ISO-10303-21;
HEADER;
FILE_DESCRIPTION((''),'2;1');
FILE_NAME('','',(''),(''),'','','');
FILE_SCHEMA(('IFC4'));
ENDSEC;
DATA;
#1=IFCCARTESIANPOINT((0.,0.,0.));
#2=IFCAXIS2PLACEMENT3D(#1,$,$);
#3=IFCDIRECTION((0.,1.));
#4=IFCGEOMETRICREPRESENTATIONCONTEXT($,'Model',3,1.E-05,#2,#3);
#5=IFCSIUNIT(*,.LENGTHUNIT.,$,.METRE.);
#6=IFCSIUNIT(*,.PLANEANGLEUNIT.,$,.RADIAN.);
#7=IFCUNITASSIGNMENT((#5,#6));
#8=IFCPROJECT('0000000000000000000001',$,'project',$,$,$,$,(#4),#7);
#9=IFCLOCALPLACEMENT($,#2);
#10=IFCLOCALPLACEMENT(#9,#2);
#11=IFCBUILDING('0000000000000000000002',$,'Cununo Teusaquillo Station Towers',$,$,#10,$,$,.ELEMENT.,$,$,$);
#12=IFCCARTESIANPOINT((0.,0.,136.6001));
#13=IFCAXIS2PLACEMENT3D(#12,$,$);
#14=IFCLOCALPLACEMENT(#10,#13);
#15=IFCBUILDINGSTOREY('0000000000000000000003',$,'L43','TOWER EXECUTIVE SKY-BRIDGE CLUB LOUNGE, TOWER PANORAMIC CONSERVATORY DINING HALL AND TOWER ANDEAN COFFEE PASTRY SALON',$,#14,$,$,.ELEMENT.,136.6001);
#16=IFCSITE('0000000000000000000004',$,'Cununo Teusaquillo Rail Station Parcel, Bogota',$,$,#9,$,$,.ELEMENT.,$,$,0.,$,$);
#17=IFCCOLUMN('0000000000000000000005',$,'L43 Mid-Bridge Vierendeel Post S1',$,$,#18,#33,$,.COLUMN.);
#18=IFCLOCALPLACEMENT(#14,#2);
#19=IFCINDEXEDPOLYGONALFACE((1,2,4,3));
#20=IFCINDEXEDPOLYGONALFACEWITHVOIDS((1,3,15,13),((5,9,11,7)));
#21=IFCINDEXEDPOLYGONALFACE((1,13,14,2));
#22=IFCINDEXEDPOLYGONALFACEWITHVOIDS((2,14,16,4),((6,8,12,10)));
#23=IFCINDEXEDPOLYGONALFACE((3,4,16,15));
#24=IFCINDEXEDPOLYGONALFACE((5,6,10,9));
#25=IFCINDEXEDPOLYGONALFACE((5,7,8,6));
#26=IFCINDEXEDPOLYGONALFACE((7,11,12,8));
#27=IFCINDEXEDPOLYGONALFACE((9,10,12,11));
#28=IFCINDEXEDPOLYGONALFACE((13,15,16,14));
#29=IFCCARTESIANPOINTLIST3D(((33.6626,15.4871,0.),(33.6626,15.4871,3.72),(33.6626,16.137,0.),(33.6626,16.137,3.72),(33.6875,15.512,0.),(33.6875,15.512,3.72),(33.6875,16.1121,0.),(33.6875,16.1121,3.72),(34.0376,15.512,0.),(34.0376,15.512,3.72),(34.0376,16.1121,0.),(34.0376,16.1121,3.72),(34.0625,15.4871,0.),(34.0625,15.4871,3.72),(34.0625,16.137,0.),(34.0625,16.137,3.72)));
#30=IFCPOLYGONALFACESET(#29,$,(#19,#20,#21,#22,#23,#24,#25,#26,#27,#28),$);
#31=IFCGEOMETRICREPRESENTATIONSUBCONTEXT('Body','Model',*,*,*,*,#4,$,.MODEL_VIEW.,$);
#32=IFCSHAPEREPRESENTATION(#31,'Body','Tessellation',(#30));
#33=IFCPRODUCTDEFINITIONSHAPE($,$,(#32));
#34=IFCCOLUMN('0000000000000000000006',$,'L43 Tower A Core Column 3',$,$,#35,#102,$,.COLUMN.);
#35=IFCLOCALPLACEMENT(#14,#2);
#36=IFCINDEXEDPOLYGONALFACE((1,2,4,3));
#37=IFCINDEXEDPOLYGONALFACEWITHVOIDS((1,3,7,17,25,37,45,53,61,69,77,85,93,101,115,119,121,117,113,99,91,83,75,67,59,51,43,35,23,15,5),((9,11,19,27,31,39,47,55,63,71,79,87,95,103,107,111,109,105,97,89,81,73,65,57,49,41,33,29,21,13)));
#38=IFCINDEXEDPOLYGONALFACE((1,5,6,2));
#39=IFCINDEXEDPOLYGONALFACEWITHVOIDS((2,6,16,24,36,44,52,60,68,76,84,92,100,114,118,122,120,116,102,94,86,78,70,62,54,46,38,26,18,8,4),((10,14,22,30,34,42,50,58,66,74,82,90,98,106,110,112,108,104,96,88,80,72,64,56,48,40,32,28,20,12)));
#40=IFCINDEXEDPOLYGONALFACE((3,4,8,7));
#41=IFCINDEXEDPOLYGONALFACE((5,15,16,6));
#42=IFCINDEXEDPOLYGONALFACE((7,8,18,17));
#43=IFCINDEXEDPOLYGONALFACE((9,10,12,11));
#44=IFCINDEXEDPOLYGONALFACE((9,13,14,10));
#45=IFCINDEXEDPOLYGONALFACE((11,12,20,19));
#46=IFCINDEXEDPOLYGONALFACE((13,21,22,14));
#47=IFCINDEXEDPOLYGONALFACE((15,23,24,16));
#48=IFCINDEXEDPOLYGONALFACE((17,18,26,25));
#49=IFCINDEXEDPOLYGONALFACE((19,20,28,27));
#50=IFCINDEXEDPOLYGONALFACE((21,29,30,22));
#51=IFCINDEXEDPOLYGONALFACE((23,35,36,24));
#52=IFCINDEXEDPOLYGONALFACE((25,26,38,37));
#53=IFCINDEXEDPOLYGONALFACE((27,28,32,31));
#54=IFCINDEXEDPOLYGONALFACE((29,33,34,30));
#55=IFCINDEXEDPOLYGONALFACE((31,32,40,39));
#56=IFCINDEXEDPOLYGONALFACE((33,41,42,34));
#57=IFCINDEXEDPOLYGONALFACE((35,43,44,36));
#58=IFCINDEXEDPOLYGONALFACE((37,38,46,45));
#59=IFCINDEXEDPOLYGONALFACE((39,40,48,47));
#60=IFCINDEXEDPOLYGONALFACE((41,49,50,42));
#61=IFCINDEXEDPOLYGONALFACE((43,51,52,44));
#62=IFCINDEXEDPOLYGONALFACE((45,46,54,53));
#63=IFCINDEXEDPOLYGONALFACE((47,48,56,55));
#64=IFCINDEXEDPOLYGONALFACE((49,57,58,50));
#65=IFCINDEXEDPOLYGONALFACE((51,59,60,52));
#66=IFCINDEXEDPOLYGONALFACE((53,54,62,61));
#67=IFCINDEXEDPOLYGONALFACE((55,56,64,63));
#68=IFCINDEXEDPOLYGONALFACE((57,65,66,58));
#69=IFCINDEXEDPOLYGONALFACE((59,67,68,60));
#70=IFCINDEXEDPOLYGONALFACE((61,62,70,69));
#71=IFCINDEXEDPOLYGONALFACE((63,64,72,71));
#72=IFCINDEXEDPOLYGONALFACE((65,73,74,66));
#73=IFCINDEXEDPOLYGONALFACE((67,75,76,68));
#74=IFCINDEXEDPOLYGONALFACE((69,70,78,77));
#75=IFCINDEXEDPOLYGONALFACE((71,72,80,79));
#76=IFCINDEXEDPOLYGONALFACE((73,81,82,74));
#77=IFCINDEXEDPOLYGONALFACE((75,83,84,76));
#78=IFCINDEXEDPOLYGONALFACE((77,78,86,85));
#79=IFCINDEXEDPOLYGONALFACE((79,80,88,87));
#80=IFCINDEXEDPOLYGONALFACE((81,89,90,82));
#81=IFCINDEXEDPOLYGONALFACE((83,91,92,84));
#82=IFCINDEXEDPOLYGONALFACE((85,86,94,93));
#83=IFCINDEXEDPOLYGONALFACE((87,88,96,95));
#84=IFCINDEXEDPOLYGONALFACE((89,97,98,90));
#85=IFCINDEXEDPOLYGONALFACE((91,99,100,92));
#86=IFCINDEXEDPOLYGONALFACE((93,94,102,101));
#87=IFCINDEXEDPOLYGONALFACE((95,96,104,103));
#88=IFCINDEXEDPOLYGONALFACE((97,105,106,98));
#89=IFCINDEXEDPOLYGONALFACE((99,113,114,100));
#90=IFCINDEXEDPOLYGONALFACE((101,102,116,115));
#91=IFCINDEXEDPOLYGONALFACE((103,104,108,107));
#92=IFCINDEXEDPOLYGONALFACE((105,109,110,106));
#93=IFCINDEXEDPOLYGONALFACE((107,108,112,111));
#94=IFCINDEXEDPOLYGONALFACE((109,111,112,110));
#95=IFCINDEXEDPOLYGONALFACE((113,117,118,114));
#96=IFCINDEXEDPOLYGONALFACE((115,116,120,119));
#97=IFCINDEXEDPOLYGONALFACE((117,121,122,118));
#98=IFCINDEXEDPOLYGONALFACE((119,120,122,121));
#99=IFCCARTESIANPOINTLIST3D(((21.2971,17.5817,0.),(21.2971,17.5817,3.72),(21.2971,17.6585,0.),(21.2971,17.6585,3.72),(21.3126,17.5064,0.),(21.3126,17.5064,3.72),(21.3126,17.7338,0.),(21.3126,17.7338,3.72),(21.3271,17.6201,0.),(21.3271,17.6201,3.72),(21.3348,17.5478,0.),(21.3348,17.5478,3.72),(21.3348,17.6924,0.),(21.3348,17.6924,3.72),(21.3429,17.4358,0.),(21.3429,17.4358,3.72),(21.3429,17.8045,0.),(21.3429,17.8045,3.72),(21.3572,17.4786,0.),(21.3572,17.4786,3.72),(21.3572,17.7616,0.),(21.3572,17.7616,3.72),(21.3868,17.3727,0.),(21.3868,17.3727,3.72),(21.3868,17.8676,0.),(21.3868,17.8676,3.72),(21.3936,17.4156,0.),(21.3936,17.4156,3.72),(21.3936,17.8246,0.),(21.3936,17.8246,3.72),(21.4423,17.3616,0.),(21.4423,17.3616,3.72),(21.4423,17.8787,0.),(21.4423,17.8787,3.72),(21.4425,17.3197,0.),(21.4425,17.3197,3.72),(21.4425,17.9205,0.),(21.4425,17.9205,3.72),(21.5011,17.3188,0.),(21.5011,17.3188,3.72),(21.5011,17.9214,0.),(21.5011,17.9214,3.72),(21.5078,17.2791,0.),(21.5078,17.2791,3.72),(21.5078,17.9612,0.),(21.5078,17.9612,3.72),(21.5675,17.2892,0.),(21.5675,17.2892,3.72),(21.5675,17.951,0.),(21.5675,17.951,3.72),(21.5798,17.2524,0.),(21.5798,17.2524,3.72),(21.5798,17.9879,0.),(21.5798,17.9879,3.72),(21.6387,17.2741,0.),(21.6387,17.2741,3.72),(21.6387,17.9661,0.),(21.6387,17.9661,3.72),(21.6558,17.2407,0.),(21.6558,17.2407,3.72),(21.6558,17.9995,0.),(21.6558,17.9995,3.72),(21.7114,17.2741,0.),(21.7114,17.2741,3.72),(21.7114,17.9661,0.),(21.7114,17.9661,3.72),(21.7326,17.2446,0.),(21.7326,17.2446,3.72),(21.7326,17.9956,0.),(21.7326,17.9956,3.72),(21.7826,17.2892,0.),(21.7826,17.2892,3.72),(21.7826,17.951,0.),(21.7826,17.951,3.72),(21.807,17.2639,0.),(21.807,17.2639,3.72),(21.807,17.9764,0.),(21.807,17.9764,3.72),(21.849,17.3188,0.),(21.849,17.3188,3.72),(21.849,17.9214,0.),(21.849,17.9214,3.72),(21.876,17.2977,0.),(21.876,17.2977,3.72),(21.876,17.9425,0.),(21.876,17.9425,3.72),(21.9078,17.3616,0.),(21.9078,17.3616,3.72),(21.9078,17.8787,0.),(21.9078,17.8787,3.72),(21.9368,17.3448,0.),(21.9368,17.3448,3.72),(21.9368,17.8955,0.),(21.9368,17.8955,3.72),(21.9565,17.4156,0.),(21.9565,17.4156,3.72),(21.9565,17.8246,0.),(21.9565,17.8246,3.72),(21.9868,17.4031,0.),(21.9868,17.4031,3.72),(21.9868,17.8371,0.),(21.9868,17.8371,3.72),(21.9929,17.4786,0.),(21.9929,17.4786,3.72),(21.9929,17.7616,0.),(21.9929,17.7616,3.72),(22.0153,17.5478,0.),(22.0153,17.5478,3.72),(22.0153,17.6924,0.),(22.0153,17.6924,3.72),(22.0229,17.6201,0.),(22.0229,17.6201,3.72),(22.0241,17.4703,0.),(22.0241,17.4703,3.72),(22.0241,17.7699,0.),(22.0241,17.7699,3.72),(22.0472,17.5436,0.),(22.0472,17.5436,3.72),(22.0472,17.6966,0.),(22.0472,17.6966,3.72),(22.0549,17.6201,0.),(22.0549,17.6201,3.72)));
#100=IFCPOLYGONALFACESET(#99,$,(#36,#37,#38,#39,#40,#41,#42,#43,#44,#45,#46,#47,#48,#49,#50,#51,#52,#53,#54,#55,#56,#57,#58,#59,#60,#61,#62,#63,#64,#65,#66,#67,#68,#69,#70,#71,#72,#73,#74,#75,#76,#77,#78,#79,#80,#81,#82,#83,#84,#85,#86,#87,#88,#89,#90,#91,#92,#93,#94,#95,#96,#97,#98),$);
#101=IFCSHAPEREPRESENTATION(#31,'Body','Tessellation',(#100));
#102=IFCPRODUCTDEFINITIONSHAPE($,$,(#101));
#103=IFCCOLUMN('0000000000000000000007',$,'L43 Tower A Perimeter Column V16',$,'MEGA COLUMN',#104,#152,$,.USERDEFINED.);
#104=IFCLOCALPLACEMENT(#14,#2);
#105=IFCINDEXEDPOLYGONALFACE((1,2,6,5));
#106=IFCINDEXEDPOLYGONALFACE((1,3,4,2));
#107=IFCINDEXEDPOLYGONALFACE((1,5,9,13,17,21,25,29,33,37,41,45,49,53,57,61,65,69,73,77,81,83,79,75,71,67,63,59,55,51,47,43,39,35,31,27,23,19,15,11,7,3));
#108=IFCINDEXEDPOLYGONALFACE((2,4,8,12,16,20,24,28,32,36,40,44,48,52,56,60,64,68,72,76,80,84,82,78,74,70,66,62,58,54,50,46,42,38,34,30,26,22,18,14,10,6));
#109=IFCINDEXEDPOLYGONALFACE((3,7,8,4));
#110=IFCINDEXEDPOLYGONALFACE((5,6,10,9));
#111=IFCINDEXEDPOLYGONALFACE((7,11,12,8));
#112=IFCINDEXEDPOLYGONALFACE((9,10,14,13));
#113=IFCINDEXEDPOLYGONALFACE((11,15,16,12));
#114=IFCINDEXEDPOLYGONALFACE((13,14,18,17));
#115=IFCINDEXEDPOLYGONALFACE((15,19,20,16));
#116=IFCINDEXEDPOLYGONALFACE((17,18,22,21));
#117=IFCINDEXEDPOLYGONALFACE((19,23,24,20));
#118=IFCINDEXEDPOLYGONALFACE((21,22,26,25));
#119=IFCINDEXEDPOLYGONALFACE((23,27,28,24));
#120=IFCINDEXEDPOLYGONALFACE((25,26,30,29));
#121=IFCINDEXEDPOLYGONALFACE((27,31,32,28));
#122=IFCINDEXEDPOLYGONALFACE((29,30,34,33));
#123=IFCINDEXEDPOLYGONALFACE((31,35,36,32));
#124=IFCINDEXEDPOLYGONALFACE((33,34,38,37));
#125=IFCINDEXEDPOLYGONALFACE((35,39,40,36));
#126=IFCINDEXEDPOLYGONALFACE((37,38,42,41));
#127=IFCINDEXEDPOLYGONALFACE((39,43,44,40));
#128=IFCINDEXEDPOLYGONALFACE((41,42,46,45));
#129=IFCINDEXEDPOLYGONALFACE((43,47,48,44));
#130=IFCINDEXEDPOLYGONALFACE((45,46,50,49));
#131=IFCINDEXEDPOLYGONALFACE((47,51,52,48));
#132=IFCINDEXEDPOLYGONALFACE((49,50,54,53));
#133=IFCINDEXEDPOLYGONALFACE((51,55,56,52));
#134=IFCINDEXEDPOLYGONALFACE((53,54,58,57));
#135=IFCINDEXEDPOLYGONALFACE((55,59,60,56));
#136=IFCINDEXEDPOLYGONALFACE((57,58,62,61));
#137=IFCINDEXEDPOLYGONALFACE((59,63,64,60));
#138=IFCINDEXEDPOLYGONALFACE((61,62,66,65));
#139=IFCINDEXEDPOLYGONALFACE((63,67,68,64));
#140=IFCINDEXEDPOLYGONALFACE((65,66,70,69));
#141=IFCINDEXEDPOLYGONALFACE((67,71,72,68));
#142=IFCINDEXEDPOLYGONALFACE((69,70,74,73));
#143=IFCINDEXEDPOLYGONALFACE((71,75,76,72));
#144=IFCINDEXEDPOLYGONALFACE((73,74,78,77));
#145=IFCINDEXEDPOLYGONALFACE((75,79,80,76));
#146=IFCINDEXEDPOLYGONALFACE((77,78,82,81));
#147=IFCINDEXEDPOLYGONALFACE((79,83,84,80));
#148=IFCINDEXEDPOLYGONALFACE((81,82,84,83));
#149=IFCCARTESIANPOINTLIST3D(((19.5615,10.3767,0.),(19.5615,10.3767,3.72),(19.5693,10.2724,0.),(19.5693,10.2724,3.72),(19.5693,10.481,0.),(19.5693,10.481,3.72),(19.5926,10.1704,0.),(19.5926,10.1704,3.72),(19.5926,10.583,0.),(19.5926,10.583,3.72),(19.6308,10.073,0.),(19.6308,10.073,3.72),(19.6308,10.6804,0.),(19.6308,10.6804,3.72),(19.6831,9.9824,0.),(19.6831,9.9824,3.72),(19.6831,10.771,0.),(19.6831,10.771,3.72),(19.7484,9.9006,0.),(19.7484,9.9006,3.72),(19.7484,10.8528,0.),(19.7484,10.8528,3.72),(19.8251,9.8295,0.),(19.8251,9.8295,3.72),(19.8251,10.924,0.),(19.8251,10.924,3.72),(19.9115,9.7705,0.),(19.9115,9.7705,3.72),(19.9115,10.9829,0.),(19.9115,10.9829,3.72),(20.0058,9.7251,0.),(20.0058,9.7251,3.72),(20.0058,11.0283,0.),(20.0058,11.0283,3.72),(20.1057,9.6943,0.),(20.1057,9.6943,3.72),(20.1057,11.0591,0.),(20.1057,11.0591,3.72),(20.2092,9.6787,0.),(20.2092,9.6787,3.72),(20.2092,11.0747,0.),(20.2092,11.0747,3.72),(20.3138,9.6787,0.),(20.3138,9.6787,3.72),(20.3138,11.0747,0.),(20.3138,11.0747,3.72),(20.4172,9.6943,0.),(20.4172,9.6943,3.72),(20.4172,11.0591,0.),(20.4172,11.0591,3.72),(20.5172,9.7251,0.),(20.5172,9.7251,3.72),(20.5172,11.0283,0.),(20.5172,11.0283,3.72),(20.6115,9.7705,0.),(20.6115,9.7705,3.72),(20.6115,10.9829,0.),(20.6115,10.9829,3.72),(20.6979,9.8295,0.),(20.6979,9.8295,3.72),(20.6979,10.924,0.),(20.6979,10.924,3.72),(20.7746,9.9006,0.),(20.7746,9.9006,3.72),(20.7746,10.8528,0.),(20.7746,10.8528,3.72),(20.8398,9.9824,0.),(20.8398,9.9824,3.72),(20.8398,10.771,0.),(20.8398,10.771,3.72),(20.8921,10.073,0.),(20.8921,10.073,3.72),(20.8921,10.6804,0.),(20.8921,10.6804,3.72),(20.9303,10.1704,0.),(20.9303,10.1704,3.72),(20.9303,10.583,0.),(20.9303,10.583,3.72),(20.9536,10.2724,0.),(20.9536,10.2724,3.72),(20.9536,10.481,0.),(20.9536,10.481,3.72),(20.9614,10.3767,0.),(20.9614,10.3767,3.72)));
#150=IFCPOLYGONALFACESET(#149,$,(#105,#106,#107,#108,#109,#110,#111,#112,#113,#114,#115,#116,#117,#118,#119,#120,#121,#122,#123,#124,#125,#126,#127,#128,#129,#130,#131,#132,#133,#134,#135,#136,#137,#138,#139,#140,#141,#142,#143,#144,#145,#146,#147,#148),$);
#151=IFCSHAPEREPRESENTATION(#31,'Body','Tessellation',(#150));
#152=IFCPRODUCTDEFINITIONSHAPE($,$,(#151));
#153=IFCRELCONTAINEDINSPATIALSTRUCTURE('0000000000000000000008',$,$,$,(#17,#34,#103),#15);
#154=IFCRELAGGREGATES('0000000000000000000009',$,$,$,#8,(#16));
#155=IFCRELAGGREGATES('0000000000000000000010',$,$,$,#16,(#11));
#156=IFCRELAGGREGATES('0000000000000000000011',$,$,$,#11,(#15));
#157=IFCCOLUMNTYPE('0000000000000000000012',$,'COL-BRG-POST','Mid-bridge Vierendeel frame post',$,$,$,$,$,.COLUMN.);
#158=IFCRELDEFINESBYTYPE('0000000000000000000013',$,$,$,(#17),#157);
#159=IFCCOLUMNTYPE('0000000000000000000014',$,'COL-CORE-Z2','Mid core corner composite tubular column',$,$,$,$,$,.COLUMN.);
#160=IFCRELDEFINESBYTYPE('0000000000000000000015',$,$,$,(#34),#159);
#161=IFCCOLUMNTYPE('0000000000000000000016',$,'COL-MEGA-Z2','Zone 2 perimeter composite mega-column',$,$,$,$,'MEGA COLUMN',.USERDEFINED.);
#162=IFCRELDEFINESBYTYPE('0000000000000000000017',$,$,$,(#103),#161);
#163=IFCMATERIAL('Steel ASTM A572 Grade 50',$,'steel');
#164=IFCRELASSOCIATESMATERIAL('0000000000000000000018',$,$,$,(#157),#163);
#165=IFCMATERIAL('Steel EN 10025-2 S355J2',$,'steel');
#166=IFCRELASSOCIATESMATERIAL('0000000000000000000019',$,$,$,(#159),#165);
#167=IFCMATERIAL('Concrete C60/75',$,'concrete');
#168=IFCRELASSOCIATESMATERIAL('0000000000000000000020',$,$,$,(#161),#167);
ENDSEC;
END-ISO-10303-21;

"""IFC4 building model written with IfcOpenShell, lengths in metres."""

from ifc_helpers import new_model, si_unit, direction, frame, origin, origin_2d, place, context, subcontext, project, spatial, hollow_rectangle, circle, hollow_circle, extrude, material, material_profile, profile_set, type_object, element, save


model = new_model("IFC4")

# Units and contexts
model_context = context("Model", 3, precision=1e-05, world=origin(), true_north=direction((0.0, 1.0)))
body_context = subcontext(model_context, "Body", "Model", "MODEL_VIEW")
ifc_project = project(units=[si_unit("LENGTHUNIT", "METRE"), si_unit("PLANEANGLEUNIT", "RADIAN")], contexts=[model_context])

# Site, building, storey
site_placement = place(None, origin())
site = spatial("IfcSite", under=ifc_project, at=site_placement, Name="Cununo Teusaquillo Rail Station Parcel, Bogota", CompositionType="ELEMENT", RefElevation=0.0)
building_placement = place(site_placement, origin())
building = spatial("IfcBuilding", under=site, at=building_placement, Name="Cununo Teusaquillo Station Towers", CompositionType="ELEMENT")
storey_placement = place(building_placement, frame((0.0, 0.0, 136.6001)))
storey = spatial("IfcBuildingStorey", under=building, at=storey_placement, Name="L43", Description="TOWER EXECUTIVE SKY-BRIDGE CLUB LOUNGE, TOWER PANORAMIC CONSERVATORY DINING HALL AND TOWER ANDEAN COFFEE PASTRY SALON", CompositionType="ELEMENT", Elevation=136.6001)

# Columns
ifc_material_1 = material(Name="Steel ASTM A572 Grade 50", Category="steel")
ifc_material_profile_1 = material_profile(ifc_material_1, hollow_rectangle(XDim=0.3999, YDim=0.6499, WallThickness=0.0249, at=origin_2d()), Name="RHS 650x400x25")
ifc_profile_set_1 = profile_set([ifc_material_profile_1], Name="Steel ASTM A572 Grade 50")
column_type_1 = type_object("IfcColumnType", Name="COL-BRG-POST", Description="Mid-bridge Vierendeel frame post", PredefinedType="COLUMN", material=ifc_profile_set_1)
column_1_placement = place(storey_placement, frame((33.8625, 15.812, 0.0), z_axis=(0.0, 0.0, 1.0), x_axis=(1.0, 0.0, 0.0)))
element("IfcColumn", 1, at=column_1_placement, inside=storey, type_object=column_type_1, Name="L43 Mid-Bridge Vierendeel Post S1", PredefinedType="COLUMN", context=body_context, shape_type="SweptSolid", body=[
    extrude(hollow_rectangle(XDim=0.3999, YDim=0.6499, WallThickness=0.0249, at=origin_2d()), origin(), (0.0, 0.0, 1.0), 3.72),
])
ifc_material_2 = material(Name="Steel EN 10025-2 S355J2", Category="steel")
ifc_material_profile_2 = material_profile(ifc_material_2, hollow_circle(Radius=0.3799, WallThickness=0.032, at=origin_2d()), Name="CHS 760x32")
ifc_profile_set_2 = profile_set([ifc_material_profile_2], Name="Steel EN 10025-2 S355J2")
column_type_2 = type_object("IfcColumnType", Name="COL-CORE-Z2", Description="Mid core corner composite tubular column", PredefinedType="COLUMN", material=ifc_profile_set_2)
column_2_placement = place(storey_placement, frame((21.675, 17.6201, 0.0), z_axis=(0.0, 0.0, 1.0), x_axis=(1.0, 0.0, 0.0)))
element("IfcColumn", 2, at=column_2_placement, inside=storey, type_object=column_type_2, Name="L43 Tower A Core Column 3", PredefinedType="COLUMN", context=body_context, shape_type="SweptSolid", body=[
    extrude(hollow_circle(Radius=0.3799, WallThickness=0.032, at=origin_2d()), origin(), (0.0, 0.0, 1.0), 3.72),
])
ifc_material_3 = material(Name="Concrete C60/75", Category="concrete")
ifc_material_profile_3 = material_profile(ifc_material_3, circle(Radius=0.7, at=origin_2d()), Name="RC-CIRC-1400")
ifc_profile_set_3 = profile_set([ifc_material_profile_3], Name="Concrete C60/75")
column_type_3 = type_object("IfcColumnType", Name="COL-MEGA-Z2", Description="Zone 2 perimeter composite mega-column", ElementType="MEGA COLUMN", PredefinedType="USERDEFINED", material=ifc_profile_set_3)
for number, where, z_axis, x_axis, name in (
    (3, (20.2615, 10.3767, 0.0), (0.0, 0.0, 1.0), (1.0, 0.0, 0.0), "L43 Tower A Perimeter Column V16"),
):
    element("IfcColumn", number, at=place(storey_placement, frame(where, z_axis=z_axis, x_axis=x_axis)), inside=storey, type_object=column_type_3, Name=name, ObjectType="MEGA COLUMN", PredefinedType="USERDEFINED", context=body_context, shape_type="SweptSolid", body=[
        extrude(circle(Radius=0.7, at=origin_2d()), origin(), (0.0, 0.0, 1.0), 3.72),
    ])

save(model, "model.ifc")
